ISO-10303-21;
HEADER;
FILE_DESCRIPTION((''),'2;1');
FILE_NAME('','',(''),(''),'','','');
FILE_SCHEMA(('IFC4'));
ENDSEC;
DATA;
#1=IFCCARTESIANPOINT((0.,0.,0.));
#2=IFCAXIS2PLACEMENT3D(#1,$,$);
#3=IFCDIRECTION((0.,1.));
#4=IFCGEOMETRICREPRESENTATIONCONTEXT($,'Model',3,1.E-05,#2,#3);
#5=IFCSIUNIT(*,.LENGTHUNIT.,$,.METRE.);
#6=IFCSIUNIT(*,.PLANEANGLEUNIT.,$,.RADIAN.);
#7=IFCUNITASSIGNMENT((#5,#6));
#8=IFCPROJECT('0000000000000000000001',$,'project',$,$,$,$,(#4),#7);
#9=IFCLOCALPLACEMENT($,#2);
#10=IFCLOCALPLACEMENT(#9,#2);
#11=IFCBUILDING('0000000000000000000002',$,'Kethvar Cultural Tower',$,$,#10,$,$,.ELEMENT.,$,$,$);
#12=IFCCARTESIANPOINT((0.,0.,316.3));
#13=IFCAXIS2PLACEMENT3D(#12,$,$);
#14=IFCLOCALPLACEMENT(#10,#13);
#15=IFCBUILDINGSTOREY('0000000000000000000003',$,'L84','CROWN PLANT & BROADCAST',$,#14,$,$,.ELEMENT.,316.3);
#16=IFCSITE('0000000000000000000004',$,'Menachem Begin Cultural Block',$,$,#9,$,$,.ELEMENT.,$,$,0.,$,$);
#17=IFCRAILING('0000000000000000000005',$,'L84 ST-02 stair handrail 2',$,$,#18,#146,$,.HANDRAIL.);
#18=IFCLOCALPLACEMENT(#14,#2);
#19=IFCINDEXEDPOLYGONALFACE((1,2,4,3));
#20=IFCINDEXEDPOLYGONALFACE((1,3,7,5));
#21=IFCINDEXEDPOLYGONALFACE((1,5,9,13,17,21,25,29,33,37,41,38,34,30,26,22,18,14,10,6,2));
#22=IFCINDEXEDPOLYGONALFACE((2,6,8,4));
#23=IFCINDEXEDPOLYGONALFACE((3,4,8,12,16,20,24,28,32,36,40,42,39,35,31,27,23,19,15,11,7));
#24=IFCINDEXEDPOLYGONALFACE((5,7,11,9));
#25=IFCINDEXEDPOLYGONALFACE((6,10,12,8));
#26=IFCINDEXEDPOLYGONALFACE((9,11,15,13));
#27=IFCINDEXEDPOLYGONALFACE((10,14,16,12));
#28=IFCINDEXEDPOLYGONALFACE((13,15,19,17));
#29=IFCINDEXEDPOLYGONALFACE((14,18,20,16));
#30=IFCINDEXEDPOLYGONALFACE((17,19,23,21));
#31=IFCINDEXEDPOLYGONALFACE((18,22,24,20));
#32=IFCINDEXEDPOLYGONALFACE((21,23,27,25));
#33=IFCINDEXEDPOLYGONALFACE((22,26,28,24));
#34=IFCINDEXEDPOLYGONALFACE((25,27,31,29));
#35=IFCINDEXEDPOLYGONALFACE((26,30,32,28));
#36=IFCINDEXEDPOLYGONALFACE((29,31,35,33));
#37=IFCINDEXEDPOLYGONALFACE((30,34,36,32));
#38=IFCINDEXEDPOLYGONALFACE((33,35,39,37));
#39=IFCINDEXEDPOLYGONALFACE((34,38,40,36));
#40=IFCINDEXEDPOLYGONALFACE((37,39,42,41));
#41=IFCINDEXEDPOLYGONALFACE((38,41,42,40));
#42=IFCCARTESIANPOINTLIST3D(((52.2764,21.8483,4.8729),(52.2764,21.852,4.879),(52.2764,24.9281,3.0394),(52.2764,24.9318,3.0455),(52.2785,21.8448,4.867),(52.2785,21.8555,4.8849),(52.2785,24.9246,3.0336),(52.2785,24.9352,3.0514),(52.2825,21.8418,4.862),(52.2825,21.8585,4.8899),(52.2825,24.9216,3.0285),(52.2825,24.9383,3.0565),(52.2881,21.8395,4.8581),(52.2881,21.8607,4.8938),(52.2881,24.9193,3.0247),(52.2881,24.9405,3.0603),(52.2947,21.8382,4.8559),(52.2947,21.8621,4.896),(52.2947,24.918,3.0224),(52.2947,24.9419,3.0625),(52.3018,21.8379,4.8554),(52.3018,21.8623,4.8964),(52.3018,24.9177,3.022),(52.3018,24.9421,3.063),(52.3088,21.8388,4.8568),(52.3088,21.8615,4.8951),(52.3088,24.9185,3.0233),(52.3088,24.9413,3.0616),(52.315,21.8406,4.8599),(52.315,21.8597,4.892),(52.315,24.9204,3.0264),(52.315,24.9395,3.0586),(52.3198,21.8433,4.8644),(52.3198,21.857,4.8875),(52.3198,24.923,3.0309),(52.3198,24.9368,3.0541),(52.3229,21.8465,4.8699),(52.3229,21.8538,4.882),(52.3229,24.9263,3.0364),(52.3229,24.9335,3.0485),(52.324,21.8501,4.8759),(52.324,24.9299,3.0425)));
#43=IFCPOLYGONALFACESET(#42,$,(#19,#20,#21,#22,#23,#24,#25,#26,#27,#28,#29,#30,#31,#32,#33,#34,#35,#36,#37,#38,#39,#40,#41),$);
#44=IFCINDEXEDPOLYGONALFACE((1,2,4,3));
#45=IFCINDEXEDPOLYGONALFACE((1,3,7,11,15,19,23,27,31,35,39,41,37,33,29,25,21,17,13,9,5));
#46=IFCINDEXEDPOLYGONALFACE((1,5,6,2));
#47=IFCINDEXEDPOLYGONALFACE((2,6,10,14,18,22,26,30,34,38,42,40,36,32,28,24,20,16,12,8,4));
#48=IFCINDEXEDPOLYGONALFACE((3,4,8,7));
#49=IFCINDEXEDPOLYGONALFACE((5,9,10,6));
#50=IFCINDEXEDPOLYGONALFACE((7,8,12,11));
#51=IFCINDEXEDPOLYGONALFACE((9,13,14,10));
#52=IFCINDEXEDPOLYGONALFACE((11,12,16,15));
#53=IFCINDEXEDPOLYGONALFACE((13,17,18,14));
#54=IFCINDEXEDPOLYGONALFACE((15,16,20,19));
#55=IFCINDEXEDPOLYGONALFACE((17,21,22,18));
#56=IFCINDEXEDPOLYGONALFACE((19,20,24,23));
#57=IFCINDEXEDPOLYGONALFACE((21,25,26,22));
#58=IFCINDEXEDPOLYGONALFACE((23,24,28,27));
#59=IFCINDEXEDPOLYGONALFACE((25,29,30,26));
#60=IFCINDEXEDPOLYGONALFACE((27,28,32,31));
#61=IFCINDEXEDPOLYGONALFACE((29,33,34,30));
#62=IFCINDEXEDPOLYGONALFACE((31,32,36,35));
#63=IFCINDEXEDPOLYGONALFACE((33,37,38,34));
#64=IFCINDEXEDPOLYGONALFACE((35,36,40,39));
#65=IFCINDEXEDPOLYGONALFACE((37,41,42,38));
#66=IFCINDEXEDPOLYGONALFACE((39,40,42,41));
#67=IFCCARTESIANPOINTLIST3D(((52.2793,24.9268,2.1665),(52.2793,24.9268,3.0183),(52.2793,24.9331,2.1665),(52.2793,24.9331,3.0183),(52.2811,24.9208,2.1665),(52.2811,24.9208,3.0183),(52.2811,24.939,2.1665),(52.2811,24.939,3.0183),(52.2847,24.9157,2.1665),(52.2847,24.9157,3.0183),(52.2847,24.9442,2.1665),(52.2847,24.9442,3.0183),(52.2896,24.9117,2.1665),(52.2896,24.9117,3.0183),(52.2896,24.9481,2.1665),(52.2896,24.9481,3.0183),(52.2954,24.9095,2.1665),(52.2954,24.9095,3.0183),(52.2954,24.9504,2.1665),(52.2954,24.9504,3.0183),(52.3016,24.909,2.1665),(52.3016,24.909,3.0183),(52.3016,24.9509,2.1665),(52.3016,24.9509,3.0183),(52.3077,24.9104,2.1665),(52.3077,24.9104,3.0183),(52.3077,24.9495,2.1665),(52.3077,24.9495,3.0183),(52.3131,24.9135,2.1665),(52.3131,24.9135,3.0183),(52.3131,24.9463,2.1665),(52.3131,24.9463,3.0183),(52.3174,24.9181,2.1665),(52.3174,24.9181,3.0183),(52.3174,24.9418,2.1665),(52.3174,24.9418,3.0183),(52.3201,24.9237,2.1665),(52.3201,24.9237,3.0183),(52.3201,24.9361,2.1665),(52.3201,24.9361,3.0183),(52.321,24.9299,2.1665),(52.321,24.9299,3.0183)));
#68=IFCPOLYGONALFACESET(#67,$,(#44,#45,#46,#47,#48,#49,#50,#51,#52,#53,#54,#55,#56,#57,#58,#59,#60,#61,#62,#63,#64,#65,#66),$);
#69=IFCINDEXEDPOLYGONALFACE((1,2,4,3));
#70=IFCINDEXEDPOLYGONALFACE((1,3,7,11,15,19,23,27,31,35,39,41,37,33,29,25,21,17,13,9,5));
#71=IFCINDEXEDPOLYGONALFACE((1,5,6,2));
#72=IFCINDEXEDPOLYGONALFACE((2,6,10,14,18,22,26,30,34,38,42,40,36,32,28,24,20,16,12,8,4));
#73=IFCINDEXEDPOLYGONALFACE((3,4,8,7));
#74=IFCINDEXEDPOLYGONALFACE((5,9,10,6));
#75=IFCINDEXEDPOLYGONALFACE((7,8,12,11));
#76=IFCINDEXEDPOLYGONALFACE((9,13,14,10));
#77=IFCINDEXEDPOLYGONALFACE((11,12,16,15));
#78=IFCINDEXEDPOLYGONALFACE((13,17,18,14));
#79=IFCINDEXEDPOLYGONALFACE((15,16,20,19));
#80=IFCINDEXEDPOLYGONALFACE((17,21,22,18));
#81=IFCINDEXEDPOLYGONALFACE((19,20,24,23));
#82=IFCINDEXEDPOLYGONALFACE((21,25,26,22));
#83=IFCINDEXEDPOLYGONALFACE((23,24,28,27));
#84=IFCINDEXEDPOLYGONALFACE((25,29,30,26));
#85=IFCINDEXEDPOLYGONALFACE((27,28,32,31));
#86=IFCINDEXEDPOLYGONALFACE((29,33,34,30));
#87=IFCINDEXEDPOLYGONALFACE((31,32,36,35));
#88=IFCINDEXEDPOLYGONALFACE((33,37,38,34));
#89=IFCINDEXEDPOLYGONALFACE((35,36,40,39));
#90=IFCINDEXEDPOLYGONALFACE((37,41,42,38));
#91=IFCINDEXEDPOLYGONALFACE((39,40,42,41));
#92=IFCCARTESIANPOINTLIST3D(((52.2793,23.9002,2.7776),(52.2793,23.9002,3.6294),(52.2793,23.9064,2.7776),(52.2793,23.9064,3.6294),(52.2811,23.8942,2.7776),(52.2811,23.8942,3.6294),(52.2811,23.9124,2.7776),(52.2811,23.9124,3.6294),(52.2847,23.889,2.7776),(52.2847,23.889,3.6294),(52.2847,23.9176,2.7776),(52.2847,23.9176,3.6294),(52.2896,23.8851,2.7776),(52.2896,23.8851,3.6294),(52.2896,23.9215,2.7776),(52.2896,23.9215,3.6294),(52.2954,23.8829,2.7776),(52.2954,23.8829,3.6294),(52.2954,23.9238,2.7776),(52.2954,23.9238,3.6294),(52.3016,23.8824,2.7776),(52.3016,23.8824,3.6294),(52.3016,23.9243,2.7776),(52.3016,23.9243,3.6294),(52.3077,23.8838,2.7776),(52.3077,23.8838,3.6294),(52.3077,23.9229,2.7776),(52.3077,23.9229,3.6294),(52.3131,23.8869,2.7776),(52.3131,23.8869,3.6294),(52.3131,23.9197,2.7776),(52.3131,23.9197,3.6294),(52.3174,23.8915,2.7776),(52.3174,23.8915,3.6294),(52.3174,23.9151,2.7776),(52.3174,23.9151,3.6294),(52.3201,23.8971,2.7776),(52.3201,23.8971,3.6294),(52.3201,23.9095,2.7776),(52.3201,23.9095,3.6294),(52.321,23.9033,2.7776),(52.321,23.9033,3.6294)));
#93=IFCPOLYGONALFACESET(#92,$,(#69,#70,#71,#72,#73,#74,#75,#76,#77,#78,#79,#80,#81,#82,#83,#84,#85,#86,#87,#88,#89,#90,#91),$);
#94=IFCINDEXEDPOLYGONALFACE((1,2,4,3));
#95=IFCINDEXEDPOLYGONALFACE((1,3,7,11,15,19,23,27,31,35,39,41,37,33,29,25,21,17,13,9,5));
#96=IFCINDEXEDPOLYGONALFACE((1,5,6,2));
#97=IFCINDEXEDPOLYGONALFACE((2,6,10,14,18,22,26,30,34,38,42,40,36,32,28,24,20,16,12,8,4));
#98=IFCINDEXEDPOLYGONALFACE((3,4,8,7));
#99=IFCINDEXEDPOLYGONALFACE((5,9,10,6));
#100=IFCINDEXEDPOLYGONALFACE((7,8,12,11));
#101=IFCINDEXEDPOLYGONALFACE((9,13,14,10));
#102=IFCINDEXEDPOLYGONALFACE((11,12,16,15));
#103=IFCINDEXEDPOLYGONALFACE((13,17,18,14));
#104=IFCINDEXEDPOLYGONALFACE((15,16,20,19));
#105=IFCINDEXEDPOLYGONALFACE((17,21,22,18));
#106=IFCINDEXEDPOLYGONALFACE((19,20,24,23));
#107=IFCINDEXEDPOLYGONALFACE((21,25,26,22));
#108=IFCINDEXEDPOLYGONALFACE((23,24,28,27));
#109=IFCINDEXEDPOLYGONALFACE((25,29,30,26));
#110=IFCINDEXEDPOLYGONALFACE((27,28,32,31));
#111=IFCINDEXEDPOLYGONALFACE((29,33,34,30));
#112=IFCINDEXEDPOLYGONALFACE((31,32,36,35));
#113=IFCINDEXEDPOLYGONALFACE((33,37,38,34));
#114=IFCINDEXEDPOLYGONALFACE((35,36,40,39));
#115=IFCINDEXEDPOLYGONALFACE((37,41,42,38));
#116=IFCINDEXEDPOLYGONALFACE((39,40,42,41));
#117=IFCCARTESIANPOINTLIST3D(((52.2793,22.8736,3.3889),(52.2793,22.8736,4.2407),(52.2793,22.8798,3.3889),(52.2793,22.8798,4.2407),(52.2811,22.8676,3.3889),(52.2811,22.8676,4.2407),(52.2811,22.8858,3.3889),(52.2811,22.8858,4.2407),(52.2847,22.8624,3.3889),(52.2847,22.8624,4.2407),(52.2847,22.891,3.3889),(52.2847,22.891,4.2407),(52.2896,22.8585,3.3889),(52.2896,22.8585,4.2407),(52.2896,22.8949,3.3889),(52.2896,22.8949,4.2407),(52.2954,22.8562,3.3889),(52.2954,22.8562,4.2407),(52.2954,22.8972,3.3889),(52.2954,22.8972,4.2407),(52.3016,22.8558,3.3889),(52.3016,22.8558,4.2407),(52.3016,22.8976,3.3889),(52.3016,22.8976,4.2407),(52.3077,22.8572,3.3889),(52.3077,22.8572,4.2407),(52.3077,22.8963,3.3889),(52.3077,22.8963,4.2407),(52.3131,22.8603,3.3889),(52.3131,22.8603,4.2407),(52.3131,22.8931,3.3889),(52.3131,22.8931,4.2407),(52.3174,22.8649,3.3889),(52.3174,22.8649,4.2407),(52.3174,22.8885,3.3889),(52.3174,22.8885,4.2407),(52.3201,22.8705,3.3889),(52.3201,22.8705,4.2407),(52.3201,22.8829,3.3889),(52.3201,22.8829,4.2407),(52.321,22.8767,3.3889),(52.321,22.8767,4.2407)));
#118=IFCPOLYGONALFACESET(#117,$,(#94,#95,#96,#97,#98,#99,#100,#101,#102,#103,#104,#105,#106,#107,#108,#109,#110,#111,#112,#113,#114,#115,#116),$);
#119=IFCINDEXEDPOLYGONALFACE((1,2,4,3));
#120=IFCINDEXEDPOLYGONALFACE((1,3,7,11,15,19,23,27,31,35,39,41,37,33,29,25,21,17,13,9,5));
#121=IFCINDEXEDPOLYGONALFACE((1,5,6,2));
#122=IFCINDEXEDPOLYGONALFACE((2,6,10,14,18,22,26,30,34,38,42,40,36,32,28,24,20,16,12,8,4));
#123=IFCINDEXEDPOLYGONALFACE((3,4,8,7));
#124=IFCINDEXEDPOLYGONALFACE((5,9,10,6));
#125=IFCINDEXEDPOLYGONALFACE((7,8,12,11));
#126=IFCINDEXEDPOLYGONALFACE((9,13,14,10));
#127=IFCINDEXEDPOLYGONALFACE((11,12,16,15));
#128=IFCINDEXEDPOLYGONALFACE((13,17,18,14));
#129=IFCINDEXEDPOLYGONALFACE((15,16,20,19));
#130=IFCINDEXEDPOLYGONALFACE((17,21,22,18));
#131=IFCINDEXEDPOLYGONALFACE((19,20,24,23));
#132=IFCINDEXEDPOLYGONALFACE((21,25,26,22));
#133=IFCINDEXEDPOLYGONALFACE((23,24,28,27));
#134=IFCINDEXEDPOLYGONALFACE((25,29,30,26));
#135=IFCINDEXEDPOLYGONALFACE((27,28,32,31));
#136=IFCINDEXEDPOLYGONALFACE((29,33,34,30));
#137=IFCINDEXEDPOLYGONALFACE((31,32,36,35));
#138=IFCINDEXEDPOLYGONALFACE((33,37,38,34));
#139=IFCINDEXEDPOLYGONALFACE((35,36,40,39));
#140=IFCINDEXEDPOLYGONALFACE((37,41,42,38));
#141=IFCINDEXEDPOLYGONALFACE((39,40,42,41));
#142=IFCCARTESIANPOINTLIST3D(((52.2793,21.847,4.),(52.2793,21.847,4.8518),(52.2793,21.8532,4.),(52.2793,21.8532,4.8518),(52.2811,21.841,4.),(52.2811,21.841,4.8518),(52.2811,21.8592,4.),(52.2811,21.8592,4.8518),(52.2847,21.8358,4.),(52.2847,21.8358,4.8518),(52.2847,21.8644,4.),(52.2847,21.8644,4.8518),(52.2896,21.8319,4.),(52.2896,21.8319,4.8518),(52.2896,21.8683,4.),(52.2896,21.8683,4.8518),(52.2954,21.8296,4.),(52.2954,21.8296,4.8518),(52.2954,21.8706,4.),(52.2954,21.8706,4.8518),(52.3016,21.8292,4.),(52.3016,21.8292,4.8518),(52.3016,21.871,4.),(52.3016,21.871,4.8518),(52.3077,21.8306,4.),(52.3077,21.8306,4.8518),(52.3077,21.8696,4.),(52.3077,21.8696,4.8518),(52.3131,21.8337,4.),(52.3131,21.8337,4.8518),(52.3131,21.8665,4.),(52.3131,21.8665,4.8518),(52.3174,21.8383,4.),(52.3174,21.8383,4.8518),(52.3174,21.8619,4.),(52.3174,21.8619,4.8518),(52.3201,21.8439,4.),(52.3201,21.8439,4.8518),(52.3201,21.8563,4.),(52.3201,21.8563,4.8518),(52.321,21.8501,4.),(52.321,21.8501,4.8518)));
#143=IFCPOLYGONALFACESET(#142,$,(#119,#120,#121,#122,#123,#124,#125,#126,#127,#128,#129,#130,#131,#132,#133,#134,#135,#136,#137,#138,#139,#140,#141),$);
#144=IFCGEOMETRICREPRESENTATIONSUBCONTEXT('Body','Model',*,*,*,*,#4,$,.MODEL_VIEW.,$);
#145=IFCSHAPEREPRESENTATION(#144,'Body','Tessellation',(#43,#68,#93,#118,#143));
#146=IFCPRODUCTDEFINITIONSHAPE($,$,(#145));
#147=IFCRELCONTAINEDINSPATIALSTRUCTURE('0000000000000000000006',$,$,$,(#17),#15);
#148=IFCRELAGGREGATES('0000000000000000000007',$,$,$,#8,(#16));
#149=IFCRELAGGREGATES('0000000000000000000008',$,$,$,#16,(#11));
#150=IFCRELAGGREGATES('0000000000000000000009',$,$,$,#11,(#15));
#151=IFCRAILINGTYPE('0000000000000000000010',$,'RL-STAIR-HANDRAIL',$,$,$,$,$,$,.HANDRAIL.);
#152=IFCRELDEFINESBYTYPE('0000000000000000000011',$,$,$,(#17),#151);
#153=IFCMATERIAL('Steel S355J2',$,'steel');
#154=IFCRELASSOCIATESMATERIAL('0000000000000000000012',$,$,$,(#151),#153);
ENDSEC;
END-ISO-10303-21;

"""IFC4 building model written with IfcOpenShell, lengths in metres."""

from ifc_helpers import new_model, si_unit, direction, frame, origin, origin_2d, place, context, subcontext, project, spatial, circle, extrude, material, type_object, element, save


model = new_model("IFC4")

# Units and contexts
model_context = context("Model", 3, precision=1e-05, world=origin(), true_north=direction((0.0, 1.0)))
body_context = subcontext(model_context, "Body", "Model", "MODEL_VIEW")
ifc_project = project(units=[si_unit("LENGTHUNIT", "METRE"), si_unit("PLANEANGLEUNIT", "RADIAN")], contexts=[model_context])

# Site, building, storey
site_placement = place(None, origin())
site = spatial("IfcSite", under=ifc_project, at=site_placement, Name="Menachem Begin Cultural Block", CompositionType="ELEMENT", RefElevation=0.0)
building_placement = place(site_placement, origin())
building = spatial("IfcBuilding", under=site, at=building_placement, Name="Kethvar Cultural Tower", CompositionType="ELEMENT")
storey_placement = place(building_placement, frame((0.0, 0.0, 316.3)))
storey = spatial("IfcBuildingStorey", under=building, at=storey_placement, Name="L84", Description="CROWN PLANT & BROADCAST", CompositionType="ELEMENT", Elevation=316.3)

# Shared definitions
ifc_material_1 = material(Name="Steel S355J2", Category="steel")

# Railing
railing_type_1 = type_object("IfcRailingType", Name="RL-STAIR-HANDRAIL", PredefinedType="HANDRAIL", material=ifc_material_1)
railing_1_placement = place(storey_placement, frame((52.3, 24.9299, 2.1665)))
element("IfcRailing", 1, at=railing_1_placement, inside=storey, type_object=railing_type_1, Name="L84 ST-02 stair handrail 2", PredefinedType="HANDRAIL", context=body_context, shape_type="SweptSolid", body=[
    extrude(circle(Radius=0.0239, at=origin_2d()), frame((0.0, 0.0, 0.876), z_axis=(0.0, -0.859261, 0.511538), x_axis=(1.0, 0.0, 0.0)), (0.0, 0.0, 1.0), 3.5842),
    extrude(circle(Radius=0.021, at=origin_2d()), origin(), (0.0, 0.0, 1.0), 0.8518),
    extrude(circle(Radius=0.021, at=origin_2d()), frame((0.0, -1.0266, 0.6111)), (0.0, 0.0, 1.0), 0.8518),
    extrude(circle(Radius=0.021, at=origin_2d()), frame((0.0, -2.0532, 1.2224)), (0.0, 0.0, 1.0), 0.8518),
    extrude(circle(Radius=0.021, at=origin_2d()), frame((0.0, -3.0798, 1.8335)), (0.0, 0.0, 1.0), 0.8518),
])

save(model, "model.ifc")
